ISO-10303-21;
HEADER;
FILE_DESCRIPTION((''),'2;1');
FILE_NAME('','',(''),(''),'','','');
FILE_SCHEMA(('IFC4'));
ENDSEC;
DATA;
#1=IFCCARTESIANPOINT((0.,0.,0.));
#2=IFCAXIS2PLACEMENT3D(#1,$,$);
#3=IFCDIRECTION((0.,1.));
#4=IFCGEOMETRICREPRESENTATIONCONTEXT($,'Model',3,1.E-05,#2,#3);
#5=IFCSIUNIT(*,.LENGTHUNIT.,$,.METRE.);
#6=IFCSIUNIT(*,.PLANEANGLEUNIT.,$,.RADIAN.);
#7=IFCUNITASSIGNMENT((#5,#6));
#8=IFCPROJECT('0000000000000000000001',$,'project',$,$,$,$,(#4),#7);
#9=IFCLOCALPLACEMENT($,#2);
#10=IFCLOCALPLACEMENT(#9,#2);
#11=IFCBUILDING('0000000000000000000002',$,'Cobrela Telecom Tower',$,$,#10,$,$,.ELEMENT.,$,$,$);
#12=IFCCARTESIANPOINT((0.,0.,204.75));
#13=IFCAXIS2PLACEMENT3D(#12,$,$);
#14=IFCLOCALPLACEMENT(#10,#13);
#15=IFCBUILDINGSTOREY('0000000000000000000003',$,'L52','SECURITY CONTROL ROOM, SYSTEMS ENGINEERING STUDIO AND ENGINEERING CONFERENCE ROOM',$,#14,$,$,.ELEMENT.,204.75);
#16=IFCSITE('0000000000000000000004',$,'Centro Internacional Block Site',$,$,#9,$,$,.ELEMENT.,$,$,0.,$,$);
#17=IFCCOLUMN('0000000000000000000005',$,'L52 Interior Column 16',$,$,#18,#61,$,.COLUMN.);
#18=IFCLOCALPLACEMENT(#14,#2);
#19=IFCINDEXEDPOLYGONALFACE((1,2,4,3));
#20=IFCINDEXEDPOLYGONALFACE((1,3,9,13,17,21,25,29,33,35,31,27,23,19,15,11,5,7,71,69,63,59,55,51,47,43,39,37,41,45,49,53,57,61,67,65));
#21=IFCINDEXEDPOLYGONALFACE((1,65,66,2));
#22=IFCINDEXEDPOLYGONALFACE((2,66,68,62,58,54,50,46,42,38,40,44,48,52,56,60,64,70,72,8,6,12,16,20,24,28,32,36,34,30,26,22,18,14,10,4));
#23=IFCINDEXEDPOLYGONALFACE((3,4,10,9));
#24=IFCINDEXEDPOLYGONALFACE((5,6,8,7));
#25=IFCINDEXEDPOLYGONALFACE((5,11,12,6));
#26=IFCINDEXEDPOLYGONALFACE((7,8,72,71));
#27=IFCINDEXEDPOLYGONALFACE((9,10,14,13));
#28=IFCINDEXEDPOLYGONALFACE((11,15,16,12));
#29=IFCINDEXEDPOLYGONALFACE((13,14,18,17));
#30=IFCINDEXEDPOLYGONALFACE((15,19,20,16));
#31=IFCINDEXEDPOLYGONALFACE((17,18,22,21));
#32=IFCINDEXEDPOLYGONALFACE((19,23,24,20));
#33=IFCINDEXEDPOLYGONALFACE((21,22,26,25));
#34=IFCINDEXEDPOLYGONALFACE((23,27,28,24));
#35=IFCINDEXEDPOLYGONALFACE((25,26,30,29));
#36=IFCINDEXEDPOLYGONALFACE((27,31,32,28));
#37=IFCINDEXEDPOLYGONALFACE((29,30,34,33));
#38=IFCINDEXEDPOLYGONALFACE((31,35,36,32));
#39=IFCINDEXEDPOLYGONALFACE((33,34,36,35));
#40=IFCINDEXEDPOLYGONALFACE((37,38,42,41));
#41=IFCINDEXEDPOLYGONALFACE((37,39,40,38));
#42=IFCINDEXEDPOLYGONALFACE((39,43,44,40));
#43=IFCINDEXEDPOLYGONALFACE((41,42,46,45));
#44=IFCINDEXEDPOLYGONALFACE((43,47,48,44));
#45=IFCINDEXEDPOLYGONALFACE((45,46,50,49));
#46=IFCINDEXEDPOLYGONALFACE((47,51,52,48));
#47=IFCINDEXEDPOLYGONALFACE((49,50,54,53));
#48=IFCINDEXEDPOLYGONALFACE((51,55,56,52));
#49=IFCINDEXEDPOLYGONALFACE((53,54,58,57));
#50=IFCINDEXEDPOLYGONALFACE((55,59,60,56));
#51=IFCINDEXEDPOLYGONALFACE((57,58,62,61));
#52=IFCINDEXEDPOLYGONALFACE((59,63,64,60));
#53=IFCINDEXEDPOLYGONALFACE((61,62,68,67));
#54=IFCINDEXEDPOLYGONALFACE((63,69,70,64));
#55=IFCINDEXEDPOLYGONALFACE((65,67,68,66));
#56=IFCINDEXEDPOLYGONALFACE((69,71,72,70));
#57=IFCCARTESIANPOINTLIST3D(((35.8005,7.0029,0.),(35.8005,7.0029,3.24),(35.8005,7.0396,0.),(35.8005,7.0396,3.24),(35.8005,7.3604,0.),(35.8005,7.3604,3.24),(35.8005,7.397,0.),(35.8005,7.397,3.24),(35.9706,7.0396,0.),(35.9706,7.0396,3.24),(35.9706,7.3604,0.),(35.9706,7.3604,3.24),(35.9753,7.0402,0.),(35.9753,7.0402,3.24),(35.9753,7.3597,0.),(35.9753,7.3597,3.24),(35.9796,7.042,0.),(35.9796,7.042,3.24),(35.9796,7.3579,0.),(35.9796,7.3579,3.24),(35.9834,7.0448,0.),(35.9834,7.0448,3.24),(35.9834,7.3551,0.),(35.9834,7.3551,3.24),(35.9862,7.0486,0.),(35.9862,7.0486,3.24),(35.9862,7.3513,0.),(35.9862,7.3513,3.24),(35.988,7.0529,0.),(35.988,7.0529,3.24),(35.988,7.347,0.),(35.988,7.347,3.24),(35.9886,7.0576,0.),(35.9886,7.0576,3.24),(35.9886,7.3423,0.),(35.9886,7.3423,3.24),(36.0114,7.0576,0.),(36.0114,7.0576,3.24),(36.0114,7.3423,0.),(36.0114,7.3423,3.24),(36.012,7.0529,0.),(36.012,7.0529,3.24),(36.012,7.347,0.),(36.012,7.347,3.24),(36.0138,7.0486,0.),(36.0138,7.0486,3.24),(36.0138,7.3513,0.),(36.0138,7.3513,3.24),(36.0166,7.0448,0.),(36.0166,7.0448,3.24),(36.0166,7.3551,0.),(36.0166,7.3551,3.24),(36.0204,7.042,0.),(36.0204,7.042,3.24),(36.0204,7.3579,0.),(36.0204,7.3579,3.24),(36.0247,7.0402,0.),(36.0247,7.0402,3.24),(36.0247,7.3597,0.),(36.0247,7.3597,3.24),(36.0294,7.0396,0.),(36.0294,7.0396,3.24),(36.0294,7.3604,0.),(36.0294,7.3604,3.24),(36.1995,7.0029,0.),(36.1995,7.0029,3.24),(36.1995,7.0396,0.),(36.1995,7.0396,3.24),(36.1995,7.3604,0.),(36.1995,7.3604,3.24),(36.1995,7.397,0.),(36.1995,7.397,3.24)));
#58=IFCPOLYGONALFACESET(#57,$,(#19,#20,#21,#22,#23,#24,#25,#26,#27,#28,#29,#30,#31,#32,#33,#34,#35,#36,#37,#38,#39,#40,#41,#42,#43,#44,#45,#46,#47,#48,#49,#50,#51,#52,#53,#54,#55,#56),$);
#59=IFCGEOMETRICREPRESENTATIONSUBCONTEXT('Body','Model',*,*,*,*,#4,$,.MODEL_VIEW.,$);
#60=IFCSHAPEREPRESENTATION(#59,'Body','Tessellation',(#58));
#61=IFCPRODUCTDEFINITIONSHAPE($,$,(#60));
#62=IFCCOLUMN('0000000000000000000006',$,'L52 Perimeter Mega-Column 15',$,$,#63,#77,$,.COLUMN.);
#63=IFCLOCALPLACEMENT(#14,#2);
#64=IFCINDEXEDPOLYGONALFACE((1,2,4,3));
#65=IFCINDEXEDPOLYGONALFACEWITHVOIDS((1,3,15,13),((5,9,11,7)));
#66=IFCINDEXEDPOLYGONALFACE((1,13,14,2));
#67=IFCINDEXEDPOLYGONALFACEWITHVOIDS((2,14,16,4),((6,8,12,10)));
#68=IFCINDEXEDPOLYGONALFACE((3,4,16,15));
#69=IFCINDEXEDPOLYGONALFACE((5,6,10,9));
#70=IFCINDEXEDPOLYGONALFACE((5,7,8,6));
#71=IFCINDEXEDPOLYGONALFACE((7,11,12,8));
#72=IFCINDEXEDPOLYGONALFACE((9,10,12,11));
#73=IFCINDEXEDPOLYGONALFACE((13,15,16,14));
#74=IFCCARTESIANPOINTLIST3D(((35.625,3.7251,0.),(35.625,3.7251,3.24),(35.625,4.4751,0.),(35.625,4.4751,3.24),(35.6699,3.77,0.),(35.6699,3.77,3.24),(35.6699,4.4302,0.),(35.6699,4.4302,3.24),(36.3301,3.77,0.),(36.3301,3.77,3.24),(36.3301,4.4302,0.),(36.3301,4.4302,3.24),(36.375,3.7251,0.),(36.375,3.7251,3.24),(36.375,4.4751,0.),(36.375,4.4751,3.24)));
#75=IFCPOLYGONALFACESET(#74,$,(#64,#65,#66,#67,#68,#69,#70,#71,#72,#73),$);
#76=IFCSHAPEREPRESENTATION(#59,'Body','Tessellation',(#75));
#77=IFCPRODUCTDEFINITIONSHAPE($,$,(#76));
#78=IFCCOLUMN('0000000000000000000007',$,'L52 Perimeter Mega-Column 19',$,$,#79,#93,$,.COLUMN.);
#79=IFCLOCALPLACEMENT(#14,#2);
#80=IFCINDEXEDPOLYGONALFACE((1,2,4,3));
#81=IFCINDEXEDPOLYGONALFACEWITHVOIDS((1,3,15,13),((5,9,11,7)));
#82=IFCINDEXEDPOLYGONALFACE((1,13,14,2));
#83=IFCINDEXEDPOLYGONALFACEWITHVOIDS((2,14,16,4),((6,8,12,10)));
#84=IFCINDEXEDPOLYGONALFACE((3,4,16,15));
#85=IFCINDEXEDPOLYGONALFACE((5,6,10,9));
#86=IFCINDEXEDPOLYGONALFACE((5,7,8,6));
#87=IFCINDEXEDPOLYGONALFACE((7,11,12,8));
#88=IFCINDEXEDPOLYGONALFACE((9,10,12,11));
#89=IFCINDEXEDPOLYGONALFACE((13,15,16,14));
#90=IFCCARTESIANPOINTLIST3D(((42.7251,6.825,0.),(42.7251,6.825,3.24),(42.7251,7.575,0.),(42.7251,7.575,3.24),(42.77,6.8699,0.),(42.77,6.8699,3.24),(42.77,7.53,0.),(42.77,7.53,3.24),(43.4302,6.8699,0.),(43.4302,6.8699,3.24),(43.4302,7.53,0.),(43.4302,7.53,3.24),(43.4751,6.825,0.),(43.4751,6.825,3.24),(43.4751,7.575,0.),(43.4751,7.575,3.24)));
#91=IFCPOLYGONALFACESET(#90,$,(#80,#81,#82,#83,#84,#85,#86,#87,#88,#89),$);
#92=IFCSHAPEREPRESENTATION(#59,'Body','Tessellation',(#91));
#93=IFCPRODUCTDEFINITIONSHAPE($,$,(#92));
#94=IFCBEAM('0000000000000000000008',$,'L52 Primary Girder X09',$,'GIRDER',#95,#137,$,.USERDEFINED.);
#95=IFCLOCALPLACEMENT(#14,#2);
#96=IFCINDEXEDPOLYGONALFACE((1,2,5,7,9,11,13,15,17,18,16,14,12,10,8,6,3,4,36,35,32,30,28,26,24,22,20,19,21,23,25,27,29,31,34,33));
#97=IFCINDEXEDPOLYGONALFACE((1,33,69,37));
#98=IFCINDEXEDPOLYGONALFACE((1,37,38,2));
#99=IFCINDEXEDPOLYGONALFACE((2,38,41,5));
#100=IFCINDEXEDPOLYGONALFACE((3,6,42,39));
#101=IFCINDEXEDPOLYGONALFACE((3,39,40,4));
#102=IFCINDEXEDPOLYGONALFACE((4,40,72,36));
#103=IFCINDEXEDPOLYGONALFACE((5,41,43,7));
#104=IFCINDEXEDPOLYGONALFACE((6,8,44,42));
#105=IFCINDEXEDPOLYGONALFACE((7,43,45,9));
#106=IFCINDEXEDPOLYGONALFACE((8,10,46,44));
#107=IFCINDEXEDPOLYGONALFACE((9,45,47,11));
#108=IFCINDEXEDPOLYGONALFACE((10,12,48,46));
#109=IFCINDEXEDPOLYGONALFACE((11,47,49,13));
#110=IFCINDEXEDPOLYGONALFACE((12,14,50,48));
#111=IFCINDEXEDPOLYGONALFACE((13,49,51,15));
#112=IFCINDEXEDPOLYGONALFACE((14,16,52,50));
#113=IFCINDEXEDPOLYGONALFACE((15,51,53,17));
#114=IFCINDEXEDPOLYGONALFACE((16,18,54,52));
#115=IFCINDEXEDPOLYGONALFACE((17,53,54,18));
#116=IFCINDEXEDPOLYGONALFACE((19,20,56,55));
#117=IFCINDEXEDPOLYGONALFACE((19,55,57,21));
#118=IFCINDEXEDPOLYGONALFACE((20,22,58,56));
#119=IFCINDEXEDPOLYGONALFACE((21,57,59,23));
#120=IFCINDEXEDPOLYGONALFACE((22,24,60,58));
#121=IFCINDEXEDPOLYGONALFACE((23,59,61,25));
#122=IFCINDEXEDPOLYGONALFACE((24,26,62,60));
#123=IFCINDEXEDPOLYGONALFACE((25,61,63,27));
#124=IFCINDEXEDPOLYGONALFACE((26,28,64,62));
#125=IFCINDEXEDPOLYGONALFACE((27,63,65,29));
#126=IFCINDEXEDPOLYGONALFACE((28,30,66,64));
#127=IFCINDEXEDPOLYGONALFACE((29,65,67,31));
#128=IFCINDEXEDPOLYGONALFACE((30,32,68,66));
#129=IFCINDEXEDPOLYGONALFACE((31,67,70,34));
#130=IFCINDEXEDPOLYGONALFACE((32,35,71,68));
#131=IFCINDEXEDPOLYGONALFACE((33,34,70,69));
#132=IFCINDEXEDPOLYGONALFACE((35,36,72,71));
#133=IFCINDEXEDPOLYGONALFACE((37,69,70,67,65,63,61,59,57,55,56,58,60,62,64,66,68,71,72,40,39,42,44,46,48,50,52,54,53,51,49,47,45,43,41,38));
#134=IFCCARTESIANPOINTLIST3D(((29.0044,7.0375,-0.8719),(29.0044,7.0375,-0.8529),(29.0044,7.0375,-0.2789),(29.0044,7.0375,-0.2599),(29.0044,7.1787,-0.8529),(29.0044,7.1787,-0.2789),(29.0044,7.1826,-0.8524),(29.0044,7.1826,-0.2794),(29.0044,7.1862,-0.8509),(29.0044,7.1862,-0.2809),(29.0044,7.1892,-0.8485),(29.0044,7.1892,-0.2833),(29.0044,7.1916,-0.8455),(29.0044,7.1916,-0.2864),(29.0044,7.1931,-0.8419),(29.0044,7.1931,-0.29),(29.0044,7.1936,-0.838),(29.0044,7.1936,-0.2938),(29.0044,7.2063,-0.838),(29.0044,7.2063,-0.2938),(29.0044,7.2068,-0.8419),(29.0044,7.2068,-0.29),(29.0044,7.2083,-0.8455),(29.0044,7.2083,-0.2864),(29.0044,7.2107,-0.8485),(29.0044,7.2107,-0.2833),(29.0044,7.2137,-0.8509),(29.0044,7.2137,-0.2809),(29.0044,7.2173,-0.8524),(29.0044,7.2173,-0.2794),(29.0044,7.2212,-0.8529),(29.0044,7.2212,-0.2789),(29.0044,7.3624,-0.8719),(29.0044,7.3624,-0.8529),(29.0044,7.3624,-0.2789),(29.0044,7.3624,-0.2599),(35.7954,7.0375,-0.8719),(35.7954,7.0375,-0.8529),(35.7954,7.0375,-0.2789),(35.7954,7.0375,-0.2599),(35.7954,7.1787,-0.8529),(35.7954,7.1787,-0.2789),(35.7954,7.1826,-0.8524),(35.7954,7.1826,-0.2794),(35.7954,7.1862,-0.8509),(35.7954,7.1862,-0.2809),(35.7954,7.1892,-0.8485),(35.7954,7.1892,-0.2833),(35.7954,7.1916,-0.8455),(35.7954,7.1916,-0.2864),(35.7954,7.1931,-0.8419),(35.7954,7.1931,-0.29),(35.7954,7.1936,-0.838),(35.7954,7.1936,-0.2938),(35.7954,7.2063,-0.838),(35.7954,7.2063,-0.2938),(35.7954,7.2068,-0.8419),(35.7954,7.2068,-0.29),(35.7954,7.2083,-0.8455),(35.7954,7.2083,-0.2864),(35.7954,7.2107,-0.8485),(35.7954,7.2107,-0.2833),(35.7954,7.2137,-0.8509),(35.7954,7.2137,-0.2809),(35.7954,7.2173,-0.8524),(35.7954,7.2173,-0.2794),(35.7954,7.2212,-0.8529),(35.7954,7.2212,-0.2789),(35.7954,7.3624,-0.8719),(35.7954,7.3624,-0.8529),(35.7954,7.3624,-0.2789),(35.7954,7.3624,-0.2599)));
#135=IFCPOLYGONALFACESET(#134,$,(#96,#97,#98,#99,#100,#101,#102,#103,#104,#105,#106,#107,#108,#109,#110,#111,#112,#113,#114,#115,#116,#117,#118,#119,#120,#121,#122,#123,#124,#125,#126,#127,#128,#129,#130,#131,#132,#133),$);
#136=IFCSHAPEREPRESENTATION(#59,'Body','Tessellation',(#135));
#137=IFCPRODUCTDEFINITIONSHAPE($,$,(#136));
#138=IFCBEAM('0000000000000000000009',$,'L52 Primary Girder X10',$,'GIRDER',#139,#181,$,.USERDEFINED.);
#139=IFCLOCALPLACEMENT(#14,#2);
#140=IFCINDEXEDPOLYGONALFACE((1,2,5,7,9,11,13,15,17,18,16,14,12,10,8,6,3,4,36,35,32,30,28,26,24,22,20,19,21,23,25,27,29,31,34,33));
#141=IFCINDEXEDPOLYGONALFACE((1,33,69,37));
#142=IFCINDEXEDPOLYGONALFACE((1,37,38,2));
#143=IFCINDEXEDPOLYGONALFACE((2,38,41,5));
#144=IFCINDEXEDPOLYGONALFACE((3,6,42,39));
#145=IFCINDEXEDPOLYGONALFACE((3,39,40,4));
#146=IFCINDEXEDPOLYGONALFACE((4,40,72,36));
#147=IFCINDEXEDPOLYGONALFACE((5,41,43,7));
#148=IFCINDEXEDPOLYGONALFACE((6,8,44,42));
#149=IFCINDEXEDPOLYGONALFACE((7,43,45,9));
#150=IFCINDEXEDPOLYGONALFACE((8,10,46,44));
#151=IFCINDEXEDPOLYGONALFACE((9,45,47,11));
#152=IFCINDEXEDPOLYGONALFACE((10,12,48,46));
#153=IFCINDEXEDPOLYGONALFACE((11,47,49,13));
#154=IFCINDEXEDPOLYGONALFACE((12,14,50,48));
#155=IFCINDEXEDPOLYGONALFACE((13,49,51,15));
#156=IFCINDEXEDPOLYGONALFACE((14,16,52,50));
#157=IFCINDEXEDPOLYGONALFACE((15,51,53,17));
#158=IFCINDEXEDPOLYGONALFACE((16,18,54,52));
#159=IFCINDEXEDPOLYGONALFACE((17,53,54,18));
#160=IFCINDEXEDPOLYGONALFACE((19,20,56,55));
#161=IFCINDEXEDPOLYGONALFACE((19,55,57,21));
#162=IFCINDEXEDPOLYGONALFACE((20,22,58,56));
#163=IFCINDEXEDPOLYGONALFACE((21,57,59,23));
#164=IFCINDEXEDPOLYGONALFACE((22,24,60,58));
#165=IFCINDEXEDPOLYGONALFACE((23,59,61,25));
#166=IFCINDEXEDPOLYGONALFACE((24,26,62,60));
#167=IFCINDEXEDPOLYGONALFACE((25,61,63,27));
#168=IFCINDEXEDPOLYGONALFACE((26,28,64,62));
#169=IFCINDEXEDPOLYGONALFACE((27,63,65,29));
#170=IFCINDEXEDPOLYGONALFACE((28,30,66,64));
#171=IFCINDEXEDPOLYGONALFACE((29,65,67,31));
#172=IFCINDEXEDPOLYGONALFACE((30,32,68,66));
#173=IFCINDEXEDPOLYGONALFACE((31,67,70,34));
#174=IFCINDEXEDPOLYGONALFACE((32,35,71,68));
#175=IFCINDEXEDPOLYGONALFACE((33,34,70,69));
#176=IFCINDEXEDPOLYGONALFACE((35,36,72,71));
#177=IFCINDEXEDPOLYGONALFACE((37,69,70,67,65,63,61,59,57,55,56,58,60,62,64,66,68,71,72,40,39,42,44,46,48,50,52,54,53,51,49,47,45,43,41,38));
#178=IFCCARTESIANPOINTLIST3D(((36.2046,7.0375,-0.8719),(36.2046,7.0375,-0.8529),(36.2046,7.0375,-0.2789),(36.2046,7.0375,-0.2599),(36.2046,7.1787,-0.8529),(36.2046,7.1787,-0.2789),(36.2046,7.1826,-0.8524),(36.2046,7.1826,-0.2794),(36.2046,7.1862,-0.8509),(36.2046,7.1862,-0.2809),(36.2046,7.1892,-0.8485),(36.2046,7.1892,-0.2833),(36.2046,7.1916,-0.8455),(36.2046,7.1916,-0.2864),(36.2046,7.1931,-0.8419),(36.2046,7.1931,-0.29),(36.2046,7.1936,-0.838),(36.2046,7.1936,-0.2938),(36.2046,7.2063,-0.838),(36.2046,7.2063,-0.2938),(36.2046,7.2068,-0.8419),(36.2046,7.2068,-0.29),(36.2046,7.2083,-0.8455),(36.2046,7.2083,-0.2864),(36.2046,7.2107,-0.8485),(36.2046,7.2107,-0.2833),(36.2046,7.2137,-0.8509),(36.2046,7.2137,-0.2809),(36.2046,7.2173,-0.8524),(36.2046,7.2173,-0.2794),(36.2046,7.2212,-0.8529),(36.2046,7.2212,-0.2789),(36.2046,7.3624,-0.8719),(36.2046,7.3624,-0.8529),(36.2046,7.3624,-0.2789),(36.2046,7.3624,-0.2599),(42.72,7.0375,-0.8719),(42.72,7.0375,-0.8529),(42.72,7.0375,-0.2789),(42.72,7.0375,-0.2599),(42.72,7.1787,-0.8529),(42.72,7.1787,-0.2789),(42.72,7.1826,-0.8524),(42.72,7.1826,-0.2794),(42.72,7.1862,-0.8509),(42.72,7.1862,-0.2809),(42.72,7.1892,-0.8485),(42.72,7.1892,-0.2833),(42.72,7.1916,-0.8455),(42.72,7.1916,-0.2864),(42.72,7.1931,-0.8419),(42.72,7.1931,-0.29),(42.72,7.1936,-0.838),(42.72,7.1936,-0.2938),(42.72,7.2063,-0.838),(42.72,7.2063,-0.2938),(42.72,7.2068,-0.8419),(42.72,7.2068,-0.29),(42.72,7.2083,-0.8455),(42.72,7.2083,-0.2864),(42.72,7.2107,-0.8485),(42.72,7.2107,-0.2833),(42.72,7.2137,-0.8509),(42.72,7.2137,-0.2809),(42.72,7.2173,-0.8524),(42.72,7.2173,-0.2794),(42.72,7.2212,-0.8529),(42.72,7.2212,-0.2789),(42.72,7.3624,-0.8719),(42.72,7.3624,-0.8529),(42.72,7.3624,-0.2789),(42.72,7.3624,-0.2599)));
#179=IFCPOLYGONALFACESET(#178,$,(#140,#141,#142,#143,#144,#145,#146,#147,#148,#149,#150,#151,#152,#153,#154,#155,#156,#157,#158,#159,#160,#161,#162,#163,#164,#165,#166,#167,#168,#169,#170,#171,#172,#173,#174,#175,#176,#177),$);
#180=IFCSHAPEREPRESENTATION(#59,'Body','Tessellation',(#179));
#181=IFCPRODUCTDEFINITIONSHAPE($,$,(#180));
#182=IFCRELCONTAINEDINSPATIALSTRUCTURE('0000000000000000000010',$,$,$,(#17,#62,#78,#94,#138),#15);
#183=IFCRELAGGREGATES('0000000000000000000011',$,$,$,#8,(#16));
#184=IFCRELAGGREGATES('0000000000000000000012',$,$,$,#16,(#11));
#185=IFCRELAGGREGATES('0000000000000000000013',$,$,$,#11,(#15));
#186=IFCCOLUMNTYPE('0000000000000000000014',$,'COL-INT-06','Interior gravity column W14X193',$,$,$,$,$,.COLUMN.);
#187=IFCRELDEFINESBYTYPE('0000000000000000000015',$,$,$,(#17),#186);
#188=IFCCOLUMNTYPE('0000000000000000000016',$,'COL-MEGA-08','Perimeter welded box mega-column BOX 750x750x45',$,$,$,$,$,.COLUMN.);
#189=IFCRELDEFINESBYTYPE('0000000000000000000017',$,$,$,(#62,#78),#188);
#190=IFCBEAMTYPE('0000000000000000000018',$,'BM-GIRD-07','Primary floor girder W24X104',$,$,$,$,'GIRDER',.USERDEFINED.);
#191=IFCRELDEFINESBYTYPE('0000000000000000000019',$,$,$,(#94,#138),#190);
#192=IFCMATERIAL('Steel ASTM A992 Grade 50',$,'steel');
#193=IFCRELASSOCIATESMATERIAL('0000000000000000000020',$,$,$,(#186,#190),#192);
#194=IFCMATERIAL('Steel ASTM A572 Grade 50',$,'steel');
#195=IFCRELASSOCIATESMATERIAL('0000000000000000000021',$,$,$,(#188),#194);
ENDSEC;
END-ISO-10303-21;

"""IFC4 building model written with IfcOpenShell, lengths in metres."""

from ifc_helpers import new_model, si_unit, direction, frame, origin, origin_2d, place, context, subcontext, project, spatial, hollow_rectangle, i_section, extrude, material, material_profile, profile_set, type_object, element, save


model = new_model("IFC4")

# Units and contexts
model_context = context("Model", 3, precision=1e-05, world=origin(), true_north=direction((0.0, 1.0)))
body_context = subcontext(model_context, "Body", "Model", "MODEL_VIEW")
ifc_project = project(units=[si_unit("LENGTHUNIT", "METRE"), si_unit("PLANEANGLEUNIT", "RADIAN")], contexts=[model_context])

# Site, building, storey
site_placement = place(None, origin())
site = spatial("IfcSite", under=ifc_project, at=site_placement, Name="Centro Internacional Block Site", CompositionType="ELEMENT", RefElevation=0.0)
building_placement = place(site_placement, origin())
building = spatial("IfcBuilding", under=site, at=building_placement, Name="Cobrela Telecom Tower", CompositionType="ELEMENT")
storey_placement = place(building_placement, frame((0.0, 0.0, 204.75)))
storey = spatial("IfcBuildingStorey", under=building, at=storey_placement, Name="L52", Description="SECURITY CONTROL ROOM, SYSTEMS ENGINEERING STUDIO AND ENGINEERING CONFERENCE ROOM", CompositionType="ELEMENT", Elevation=204.75)

# Columns
ifc_material_1 = material(Name="Steel ASTM A992 Grade 50", Category="steel")
ifc_material_profile_1 = material_profile(ifc_material_1, i_section(OverallWidth=0.3989, OverallDepth=0.394, WebThickness=0.0227, FlangeThickness=0.0366, FilletRadius=0.0181, at=origin_2d()), Name="W14X193")
ifc_profile_set_1 = profile_set([ifc_material_profile_1], Name="Steel ASTM A992 Grade 50")
column_type_1 = type_object("IfcColumnType", Name="COL-INT-06", Description="Interior gravity column W14X193", PredefinedType="COLUMN", material=ifc_profile_set_1)
column_placement = place(storey_placement, frame((36.0, 7.2, 0.0), z_axis=(0.0, 0.0, 1.0), x_axis=(1.0, 0.0, 0.0)))
element("IfcColumn", 1, at=column_placement, inside=storey, type_object=column_type_1, Name="L52 Interior Column 16", PredefinedType="COLUMN", context=body_context, shape_type="SweptSolid", body=[
    extrude(i_section(OverallWidth=0.3989, OverallDepth=0.394, WebThickness=0.0227, FlangeThickness=0.0366, FilletRadius=0.0181, at=origin_2d()), origin(), (0.0, 0.0, 1.0), 3.24),
])
ifc_material_2 = material(Name="Steel ASTM A572 Grade 50", Category="steel")
ifc_material_profile_2 = material_profile(ifc_material_2, hollow_rectangle(XDim=0.75, YDim=0.75, WallThickness=0.0449, at=origin_2d()), Name="BOX 750x750x45")
ifc_profile_set_2 = profile_set([ifc_material_profile_2], Name="Steel ASTM A572 Grade 50")
column_type_2 = type_object("IfcColumnType", Name="COL-MEGA-08", Description="Perimeter welded box mega-column BOX 750x750x45", PredefinedType="COLUMN", material=ifc_profile_set_2)
for number, where, z_axis, x_axis, name in (
    (2, (36.0, 4.1001, 0.0), (0.0, 0.0, 1.0), (1.0, 0.0, 0.0), "L52 Perimeter Mega-Column 15"),
    (3, (43.1001, 7.2, 0.0), (0.0, 0.0, 1.0), (1.0, 0.0, 0.0), "L52 Perimeter Mega-Column 19"),
):
    element("IfcColumn", number, at=place(storey_placement, frame(where, z_axis=z_axis, x_axis=x_axis)), inside=storey, type_object=column_type_2, Name=name, PredefinedType="COLUMN", context=body_context, shape_type="SweptSolid", body=[
        extrude(hollow_rectangle(XDim=0.75, YDim=0.75, WallThickness=0.0449, at=origin_2d()), origin(), (0.0, 0.0, 1.0), 3.24),
    ])

# Beams
ifc_material_profile_3 = material_profile(ifc_material_1, i_section(OverallWidth=0.325, OverallDepth=0.6121, WebThickness=0.0127, FlangeThickness=0.019, FilletRadius=0.0149, at=origin_2d()), Name="W24X104")
ifc_profile_set_3 = profile_set([ifc_material_profile_3], Name="Steel ASTM A992 Grade 50")
beam_type_1 = type_object("IfcBeamType", Name="BM-GIRD-07", Description="Primary floor girder W24X104", ElementType="GIRDER", PredefinedType="USERDEFINED", material=ifc_profile_set_3)
beam_1_placement = place(storey_placement, frame((29.0044, 7.2, -0.5659), z_axis=(1.0, 0.0, 0.0), x_axis=(0.0, 1.0, 0.0)))
element("IfcBeam", 4, at=beam_1_placement, inside=storey, type_object=beam_type_1, Name="L52 Primary Girder X09", ObjectType="GIRDER", PredefinedType="USERDEFINED", context=body_context, shape_type="SweptSolid", body=[
    extrude(i_section(OverallWidth=0.325, OverallDepth=0.6121, WebThickness=0.0127, FlangeThickness=0.019, FilletRadius=0.0149, at=origin_2d()), origin(), (0.0, 0.0, 1.0), 6.791),
])
beam_2_placement = place(storey_placement, frame((36.2046, 7.2, -0.5659), z_axis=(1.0, 0.0, 0.0), x_axis=(0.0, 1.0, 0.0)))
element("IfcBeam", 5, at=beam_2_placement, inside=storey, type_object=beam_type_1, Name="L52 Primary Girder X10", ObjectType="GIRDER", PredefinedType="USERDEFINED", context=body_context, shape_type="SweptSolid", body=[
    extrude(i_section(OverallWidth=0.325, OverallDepth=0.6121, WebThickness=0.0127, FlangeThickness=0.019, FilletRadius=0.0149, at=origin_2d()), origin(), (0.0, 0.0, 1.0), 6.5154),
])

save(model, "model.ifc")
